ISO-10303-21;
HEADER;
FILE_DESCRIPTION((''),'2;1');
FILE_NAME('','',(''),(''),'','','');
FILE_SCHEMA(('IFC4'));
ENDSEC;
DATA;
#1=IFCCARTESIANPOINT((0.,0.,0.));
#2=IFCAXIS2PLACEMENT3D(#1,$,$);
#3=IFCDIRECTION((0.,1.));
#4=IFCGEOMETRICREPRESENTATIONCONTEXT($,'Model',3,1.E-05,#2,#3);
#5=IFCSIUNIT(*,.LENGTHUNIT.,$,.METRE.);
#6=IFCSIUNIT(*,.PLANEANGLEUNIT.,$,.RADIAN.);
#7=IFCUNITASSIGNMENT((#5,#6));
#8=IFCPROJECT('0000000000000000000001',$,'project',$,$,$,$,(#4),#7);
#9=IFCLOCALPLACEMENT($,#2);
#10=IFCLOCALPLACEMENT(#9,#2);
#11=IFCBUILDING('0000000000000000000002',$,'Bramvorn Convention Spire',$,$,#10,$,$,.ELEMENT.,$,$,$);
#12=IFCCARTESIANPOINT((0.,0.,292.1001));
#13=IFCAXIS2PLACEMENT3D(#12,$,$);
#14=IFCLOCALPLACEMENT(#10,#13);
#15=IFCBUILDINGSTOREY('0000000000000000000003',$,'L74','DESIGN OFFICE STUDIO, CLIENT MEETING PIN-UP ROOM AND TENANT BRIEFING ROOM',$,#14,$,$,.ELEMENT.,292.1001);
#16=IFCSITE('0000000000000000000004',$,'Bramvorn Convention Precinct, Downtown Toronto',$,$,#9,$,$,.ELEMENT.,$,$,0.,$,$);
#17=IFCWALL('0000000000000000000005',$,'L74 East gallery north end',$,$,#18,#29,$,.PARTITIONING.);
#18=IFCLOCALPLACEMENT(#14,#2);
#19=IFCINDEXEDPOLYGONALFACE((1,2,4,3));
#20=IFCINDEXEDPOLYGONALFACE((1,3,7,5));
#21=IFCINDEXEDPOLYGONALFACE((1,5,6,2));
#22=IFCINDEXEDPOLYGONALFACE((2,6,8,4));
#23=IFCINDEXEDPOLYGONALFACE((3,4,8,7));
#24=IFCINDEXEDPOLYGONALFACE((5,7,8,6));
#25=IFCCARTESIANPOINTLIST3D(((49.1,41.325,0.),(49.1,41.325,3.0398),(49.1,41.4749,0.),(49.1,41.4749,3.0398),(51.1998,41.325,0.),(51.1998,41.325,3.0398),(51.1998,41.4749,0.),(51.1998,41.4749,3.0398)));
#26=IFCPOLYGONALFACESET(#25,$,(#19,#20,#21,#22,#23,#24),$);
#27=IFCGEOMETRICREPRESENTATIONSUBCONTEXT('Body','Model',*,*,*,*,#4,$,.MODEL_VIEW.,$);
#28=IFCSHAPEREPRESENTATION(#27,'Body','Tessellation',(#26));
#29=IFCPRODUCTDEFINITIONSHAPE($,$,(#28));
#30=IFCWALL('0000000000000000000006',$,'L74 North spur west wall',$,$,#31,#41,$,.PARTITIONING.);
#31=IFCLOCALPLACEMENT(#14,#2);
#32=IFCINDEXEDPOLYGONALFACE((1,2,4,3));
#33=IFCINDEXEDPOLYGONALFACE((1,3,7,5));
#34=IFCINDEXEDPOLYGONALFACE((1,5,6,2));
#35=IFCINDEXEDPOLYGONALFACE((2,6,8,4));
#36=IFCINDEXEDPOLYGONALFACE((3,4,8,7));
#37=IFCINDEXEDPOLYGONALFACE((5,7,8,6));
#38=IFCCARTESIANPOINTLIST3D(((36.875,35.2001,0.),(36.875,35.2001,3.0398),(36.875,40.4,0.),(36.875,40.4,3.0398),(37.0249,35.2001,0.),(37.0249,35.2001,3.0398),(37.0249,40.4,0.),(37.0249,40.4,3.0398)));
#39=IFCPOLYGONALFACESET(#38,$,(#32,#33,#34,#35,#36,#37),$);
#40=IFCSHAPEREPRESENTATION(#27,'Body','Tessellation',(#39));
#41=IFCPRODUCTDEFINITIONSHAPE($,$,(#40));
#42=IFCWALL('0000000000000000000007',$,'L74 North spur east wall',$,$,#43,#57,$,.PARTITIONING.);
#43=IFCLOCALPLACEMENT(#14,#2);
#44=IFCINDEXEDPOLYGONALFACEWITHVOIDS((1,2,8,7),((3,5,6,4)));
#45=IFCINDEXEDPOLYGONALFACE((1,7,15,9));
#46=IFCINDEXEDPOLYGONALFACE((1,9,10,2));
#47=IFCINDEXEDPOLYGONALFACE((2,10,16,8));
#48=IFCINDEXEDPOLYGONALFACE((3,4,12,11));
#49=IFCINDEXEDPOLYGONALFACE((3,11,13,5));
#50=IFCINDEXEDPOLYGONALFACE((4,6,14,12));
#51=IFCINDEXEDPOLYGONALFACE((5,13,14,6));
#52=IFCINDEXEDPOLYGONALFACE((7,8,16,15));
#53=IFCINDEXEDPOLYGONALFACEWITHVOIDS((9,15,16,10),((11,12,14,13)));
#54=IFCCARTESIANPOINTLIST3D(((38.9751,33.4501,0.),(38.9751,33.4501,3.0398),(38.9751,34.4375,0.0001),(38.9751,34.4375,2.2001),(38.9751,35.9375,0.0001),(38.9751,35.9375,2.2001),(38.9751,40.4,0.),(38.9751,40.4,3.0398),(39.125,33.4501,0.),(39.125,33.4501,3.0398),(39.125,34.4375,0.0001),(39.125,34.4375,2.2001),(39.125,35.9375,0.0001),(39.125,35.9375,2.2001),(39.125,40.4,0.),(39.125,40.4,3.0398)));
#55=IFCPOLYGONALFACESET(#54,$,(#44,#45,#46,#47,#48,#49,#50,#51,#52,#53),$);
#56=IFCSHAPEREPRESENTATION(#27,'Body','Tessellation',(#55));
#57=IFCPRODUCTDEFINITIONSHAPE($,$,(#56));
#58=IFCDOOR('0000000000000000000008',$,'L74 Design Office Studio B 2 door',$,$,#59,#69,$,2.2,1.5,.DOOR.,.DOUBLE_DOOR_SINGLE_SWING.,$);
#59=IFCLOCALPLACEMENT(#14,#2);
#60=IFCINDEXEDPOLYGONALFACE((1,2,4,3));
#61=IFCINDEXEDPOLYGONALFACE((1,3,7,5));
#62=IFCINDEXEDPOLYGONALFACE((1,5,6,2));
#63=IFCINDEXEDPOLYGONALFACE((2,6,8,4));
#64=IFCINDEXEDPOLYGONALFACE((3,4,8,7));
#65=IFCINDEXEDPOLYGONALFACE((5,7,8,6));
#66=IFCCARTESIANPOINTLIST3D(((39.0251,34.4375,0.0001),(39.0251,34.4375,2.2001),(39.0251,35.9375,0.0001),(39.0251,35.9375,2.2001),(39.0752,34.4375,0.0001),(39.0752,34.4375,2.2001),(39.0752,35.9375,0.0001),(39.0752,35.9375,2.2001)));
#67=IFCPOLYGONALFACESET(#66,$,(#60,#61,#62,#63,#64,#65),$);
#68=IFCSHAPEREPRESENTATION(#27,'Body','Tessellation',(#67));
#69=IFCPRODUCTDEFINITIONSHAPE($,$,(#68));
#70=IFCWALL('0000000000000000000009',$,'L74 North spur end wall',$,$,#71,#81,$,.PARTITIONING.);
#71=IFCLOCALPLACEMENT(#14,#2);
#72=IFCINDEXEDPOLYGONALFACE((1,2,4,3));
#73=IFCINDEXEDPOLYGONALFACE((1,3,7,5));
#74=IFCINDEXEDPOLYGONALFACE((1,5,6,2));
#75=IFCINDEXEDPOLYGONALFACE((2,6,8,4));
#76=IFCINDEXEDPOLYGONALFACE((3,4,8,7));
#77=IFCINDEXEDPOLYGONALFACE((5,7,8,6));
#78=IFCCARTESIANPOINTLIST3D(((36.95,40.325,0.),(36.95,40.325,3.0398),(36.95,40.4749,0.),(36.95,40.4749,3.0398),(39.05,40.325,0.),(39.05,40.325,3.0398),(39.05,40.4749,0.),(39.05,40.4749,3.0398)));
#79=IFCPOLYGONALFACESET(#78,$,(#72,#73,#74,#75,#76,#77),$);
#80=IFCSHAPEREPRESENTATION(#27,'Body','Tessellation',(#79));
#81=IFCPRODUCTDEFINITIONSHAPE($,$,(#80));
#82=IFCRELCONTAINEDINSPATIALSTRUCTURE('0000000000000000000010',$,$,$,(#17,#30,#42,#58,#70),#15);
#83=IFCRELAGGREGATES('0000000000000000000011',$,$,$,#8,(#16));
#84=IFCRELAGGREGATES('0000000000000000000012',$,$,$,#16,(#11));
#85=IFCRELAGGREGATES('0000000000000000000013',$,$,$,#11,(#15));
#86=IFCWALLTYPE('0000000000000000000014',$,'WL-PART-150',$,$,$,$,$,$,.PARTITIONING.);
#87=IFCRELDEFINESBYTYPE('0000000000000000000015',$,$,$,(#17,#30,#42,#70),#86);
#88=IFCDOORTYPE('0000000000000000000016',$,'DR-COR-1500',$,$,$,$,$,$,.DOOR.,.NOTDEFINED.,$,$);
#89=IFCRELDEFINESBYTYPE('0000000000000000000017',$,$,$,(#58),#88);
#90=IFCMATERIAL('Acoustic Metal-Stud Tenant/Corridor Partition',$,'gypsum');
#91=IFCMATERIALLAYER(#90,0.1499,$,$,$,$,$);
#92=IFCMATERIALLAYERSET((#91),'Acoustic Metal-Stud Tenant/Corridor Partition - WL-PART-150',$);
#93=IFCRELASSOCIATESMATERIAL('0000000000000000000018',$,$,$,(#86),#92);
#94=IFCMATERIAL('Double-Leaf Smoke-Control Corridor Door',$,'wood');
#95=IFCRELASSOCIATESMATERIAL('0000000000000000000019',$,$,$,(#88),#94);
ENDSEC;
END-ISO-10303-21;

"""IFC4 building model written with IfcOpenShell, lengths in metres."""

from ifc_helpers import new_model, si_unit, direction, frame, frame_2d, origin, place, context, subcontext, project, spatial, rectangle, extrude, material, layer, layer_set, type_object, element, fill, save


model = new_model("IFC4")

# Units and contexts
model_context = context("Model", 3, precision=1e-05, world=origin(), true_north=direction((0.0, 1.0)))
body_context = subcontext(model_context, "Body", "Model", "MODEL_VIEW")
ifc_project = project(units=[si_unit("LENGTHUNIT", "METRE"), si_unit("PLANEANGLEUNIT", "RADIAN")], contexts=[model_context])

# Site, building, storey
site_placement = place(None, origin())
site = spatial("IfcSite", under=ifc_project, at=site_placement, Name="Bramvorn Convention Precinct, Downtown Toronto", CompositionType="ELEMENT", RefElevation=0.0)
building_placement = place(site_placement, origin())
building = spatial("IfcBuilding", under=site, at=building_placement, Name="Bramvorn Convention Spire", CompositionType="ELEMENT")
storey_placement = place(building_placement, frame((0.0, 0.0, 292.1001)))
storey = spatial("IfcBuildingStorey", under=building, at=storey_placement, Name="L74", Description="DESIGN OFFICE STUDIO, CLIENT MEETING PIN-UP ROOM AND TENANT BRIEFING ROOM", CompositionType="ELEMENT", Elevation=292.1001)

# Walls
ifc_material_1 = material(Name="Acoustic Metal-Stud Tenant/Corridor Partition", Category="gypsum")
ifc_layer_1 = layer(ifc_material_1, 0.1499)
ifc_layer_set_1 = layer_set([ifc_layer_1], Name="Acoustic Metal-Stud Tenant/Corridor Partition - WL-PART-150")
wall_type_1 = type_object("IfcWallType", Name="WL-PART-150", PredefinedType="PARTITIONING", material=ifc_layer_set_1)
wall_1_placement = place(storey_placement, frame((49.1001, 41.3999, 0.0), z_axis=(0.0, 0.0, 1.0), x_axis=(1.0, 0.0, 0.0)))
element("IfcWall", 1, at=wall_1_placement, inside=storey, type_object=wall_type_1, Name="L74 East gallery north end", PredefinedType="PARTITIONING", context=body_context, shape_type="SweptSolid", body=[
    extrude(rectangle(XDim=2.0999, YDim=0.1499, at=frame_2d((1.0498, 0.0))), origin(), (0.0, 0.0, 1.0), 3.0398),
])
wall_2_placement = place(storey_placement, frame((36.95, 35.2, 0.0), z_axis=(0.0, 0.0, 1.0), x_axis=(0.0, 1.0, 0.0)))
element("IfcWall", 2, at=wall_2_placement, inside=storey, type_object=wall_type_1, Name="L74 North spur west wall", PredefinedType="PARTITIONING", context=body_context, shape_type="SweptSolid", body=[
    extrude(rectangle(XDim=5.2, YDim=0.1499, at=frame_2d((2.6001, 0.0))), origin(), (0.0, 0.0, 1.0), 3.0398),
])

# Wall, opening, door
wall_3_placement = place(storey_placement, frame((39.05, 33.45, 0.0), z_axis=(0.0, 0.0, 1.0), x_axis=(0.0, 1.0, 0.0)))
wall_3 = element("IfcWall", 3, at=wall_3_placement, inside=storey, type_object=wall_type_1, Name="L74 North spur east wall", PredefinedType="PARTITIONING", context=body_context, shape_type="SweptSolid", body=[
    extrude(rectangle(XDim=6.95, YDim=0.1499, at=frame_2d((3.4751, 0.0))), origin(), (0.0, 0.0, 1.0), 3.0398),
])
opening_1_placement = place(wall_3_placement, frame((0.9875, 0.0, 0.0)))
opening_1 = element("IfcOpeningElement", 4, at=opening_1_placement, cuts=wall_3, PredefinedType="OPENING", context=body_context, shape_type="SweptSolid", body=[
    extrude(rectangle(XDim=1.5, YDim=2.2, at=frame_2d((0.75, 1.1001))), frame((0.0, 0.085, 0.0), z_axis=(0.0, -1.0, 0.0), x_axis=(1.0, 0.0, 0.0)), (0.0, 0.0, 1.0), 0.1699),
])
ifc_material_2 = material(Name="Double-Leaf Smoke-Control Corridor Door", Category="wood")
door_type_1 = type_object("IfcDoorType", Name="DR-COR-1500", OperationType="NOTDEFINED", PredefinedType="DOOR", material=ifc_material_2)
door_1_placement = place(opening_1_placement, origin())
door_1 = element("IfcDoor", 5, at=door_1_placement, inside=storey, type_object=door_type_1, Name="L74 Design Office Studio B 2 door", OperationType="DOUBLE_DOOR_SINGLE_SWING", OverallHeight=2.2, OverallWidth=1.5, PredefinedType="DOOR", context=body_context, shape_type="SweptSolid", body=[
    extrude(rectangle(XDim=1.5, YDim=2.2, at=frame_2d((0.75, 1.1001))), frame((0.0, 0.0249, 0.0), z_axis=(0.0, -1.0, 0.0), x_axis=(1.0, 0.0, 0.0)), (0.0, 0.0, 1.0), 0.05),
])
fill(opening_1, door_1)

# Wall
wall_4_placement = place(storey_placement, frame((36.95, 40.3999, 0.0), z_axis=(0.0, 0.0, 1.0), x_axis=(1.0, 0.0, 0.0)))
element("IfcWall", 6, at=wall_4_placement, inside=storey, type_object=wall_type_1, Name="L74 North spur end wall", PredefinedType="PARTITIONING", context=body_context, shape_type="SweptSolid", body=[
    extrude(rectangle(XDim=2.1001, YDim=0.1499, at=frame_2d((1.05, 0.0))), origin(), (0.0, 0.0, 1.0), 3.0398),
])

save(model, "model.ifc")
